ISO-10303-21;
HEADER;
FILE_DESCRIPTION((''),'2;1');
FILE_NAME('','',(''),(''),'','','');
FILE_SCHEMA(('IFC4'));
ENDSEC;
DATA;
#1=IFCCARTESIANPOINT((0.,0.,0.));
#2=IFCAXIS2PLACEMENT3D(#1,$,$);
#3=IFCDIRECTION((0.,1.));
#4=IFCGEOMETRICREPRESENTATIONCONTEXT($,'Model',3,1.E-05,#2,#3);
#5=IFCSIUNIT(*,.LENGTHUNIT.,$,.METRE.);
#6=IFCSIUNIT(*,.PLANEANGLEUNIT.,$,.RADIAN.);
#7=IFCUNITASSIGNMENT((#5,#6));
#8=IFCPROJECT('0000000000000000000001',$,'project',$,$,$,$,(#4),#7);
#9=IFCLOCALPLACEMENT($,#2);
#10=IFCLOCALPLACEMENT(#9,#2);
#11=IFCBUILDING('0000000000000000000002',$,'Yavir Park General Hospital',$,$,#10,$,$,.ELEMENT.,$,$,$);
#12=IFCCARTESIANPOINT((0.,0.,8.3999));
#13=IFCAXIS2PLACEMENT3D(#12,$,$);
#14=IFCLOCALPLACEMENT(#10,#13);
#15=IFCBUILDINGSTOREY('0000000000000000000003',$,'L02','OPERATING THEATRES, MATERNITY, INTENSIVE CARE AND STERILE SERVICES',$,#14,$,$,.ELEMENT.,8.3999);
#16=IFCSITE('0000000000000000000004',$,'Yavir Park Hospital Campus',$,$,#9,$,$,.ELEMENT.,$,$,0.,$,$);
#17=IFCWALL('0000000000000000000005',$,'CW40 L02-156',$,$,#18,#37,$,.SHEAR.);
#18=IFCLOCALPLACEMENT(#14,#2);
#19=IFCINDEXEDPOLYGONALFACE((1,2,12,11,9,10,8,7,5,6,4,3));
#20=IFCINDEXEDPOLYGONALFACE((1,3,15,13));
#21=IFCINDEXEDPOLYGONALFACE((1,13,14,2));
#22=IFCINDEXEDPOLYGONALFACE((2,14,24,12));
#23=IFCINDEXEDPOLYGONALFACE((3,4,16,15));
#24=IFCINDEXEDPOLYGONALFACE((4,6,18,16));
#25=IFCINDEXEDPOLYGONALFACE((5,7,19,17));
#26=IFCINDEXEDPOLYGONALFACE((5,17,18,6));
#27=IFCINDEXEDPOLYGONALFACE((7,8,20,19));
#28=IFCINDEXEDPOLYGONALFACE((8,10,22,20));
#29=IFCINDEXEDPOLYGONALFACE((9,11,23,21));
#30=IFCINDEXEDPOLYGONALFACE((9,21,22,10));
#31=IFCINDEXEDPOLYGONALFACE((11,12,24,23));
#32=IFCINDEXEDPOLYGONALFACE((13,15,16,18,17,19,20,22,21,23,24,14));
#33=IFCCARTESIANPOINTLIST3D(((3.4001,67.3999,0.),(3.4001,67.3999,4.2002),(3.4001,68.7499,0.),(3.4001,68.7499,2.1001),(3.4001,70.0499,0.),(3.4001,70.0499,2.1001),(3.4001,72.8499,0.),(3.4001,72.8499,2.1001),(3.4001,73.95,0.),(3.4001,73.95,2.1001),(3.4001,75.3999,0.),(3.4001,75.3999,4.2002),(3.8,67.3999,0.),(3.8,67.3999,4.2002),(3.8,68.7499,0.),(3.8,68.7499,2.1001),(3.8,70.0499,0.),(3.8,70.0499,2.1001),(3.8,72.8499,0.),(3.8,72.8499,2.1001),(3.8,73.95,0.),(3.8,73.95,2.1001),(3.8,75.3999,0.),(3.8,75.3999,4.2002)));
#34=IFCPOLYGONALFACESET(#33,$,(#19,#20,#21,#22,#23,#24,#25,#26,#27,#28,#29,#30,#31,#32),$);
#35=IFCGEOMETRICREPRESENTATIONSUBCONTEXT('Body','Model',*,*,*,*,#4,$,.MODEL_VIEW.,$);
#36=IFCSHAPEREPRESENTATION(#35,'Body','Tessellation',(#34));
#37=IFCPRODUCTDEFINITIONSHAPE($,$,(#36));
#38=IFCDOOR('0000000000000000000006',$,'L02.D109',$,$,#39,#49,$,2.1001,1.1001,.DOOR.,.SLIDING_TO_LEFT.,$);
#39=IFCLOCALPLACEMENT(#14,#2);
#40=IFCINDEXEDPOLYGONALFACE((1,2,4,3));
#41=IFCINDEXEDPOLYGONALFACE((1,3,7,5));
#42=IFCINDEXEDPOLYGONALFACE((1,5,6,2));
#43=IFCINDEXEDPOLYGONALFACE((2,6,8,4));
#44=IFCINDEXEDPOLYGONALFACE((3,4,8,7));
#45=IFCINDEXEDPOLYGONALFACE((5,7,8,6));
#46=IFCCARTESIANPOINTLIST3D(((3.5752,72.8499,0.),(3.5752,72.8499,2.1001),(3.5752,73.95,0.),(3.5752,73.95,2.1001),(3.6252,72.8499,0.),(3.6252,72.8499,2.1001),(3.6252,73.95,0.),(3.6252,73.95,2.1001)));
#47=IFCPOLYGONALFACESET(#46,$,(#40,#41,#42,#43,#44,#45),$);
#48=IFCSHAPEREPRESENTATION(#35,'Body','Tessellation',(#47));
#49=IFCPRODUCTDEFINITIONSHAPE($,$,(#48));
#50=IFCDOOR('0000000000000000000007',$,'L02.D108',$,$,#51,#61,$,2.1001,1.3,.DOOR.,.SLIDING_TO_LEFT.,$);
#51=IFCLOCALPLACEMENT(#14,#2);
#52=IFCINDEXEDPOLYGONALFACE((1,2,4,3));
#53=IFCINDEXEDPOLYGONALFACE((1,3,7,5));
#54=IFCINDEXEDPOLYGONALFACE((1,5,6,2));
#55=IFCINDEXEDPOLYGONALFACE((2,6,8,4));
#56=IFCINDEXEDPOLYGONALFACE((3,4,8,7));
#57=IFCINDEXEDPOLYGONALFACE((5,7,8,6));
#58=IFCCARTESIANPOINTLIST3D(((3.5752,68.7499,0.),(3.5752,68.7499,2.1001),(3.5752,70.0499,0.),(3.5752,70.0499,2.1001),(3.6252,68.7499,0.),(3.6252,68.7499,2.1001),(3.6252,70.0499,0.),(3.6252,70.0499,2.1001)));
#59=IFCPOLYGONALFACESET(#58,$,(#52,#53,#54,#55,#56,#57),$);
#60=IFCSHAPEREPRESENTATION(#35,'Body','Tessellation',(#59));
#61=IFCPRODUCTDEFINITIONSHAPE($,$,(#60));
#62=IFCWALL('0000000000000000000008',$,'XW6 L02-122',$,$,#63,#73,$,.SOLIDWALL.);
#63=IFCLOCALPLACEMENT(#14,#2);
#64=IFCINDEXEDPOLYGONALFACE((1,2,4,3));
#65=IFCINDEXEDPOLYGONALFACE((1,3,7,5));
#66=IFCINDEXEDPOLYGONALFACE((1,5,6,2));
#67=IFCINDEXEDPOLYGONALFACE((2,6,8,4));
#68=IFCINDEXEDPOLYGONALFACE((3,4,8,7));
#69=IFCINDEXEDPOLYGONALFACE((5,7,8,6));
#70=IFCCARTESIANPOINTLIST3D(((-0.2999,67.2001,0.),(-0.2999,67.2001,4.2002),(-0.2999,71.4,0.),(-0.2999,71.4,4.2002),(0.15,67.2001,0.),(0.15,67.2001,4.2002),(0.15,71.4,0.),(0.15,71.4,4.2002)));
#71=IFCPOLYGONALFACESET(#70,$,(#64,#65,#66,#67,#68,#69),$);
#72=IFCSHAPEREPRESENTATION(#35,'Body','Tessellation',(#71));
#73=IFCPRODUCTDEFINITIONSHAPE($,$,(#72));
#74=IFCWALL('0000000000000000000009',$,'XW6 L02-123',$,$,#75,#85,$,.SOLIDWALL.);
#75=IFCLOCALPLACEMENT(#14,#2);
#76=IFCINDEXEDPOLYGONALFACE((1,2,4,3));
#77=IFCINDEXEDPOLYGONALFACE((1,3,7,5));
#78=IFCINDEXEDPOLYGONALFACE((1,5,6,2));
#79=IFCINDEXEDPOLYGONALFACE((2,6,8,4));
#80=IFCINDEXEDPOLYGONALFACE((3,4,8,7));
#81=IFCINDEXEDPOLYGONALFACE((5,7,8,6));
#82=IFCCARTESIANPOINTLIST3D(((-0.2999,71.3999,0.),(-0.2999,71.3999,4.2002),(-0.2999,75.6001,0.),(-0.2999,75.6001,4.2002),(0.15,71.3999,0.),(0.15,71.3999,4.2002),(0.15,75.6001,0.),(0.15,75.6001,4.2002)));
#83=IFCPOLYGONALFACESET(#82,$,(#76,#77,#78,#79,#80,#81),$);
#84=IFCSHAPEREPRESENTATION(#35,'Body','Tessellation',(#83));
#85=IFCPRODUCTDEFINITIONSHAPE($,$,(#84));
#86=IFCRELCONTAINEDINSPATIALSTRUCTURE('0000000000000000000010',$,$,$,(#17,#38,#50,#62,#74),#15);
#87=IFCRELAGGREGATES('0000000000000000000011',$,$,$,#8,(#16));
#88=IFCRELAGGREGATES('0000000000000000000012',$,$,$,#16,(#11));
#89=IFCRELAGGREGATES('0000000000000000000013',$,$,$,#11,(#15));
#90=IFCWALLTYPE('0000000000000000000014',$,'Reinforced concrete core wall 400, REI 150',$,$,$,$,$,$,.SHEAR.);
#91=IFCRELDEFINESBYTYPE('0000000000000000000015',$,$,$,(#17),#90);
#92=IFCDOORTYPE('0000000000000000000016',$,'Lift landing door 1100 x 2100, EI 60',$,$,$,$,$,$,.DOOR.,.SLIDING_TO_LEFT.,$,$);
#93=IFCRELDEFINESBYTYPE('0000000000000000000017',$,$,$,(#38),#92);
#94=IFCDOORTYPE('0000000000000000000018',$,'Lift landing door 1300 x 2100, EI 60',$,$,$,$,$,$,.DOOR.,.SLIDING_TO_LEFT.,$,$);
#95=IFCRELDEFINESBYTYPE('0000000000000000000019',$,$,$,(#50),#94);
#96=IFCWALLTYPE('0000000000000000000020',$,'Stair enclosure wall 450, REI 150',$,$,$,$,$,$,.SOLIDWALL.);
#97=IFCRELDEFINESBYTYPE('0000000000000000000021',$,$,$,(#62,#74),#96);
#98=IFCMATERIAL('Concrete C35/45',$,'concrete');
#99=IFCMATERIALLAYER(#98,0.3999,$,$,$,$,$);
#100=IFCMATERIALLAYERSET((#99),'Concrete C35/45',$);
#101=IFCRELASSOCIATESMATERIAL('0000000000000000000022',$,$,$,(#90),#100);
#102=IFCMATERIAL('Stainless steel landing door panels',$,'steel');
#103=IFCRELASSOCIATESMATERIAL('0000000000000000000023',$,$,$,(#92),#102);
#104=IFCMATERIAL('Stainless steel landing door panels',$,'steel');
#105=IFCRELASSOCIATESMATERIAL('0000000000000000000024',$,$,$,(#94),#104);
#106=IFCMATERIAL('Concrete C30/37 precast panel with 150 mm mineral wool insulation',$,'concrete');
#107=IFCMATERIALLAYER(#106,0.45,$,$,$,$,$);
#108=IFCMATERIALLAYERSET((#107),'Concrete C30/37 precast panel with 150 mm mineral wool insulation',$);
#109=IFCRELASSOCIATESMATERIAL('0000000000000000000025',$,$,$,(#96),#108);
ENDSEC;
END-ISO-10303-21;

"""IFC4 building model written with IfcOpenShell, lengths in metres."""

from ifc_helpers import new_model, si_unit, direction, frame, frame_2d, origin, place, context, subcontext, project, spatial, rectangle, extrude, material, layer, layer_set, type_object, element, fill, save


model = new_model("IFC4")

# Units and contexts
model_context = context("Model", 3, precision=1e-05, world=origin(), true_north=direction((0.0, 1.0)))
body_context = subcontext(model_context, "Body", "Model", "MODEL_VIEW")
ifc_project = project(units=[si_unit("LENGTHUNIT", "METRE"), si_unit("PLANEANGLEUNIT", "RADIAN")], contexts=[model_context])

# Site, building, storey
site_placement = place(None, origin())
site = spatial("IfcSite", under=ifc_project, at=site_placement, Name="Yavir Park Hospital Campus", CompositionType="ELEMENT", RefElevation=0.0)
building_placement = place(site_placement, origin())
building = spatial("IfcBuilding", under=site, at=building_placement, Name="Yavir Park General Hospital", CompositionType="ELEMENT")
storey_placement = place(building_placement, frame((0.0, 0.0, 8.3999)))
storey = spatial("IfcBuildingStorey", under=building, at=storey_placement, Name="L02", Description="OPERATING THEATRES, MATERNITY, INTENSIVE CARE AND STERILE SERVICES", CompositionType="ELEMENT", Elevation=8.3999)

# Shared definitions
ifc_material_1 = material(Name="Concrete C35/45", Category="concrete")
ifc_layer_1 = layer(ifc_material_1, 0.3999)
ifc_layer_set_1 = layer_set([ifc_layer_1], Name="Concrete C35/45")
wall_type_1 = type_object("IfcWallType", Name="Reinforced concrete core wall 400, REI 150", PredefinedType="SHEAR", material=ifc_layer_set_1)

# Wall, openings, doors
wall_1_placement = place(storey_placement, frame((3.6001, 67.3999, 0.0), z_axis=(0.0, 0.0, 1.0), x_axis=(0.0, 1.0, 0.0)))
wall_1 = element("IfcWall", 1, at=wall_1_placement, inside=storey, type_object=wall_type_1, Name="CW40 L02-156", PredefinedType="SHEAR", context=body_context, shape_type="SweptSolid", body=[
    extrude(rectangle(XDim=8.0, YDim=0.3999, at=frame_2d((4.0, 0.0))), origin(), (0.0, 0.0, 1.0), 4.2002),
])
opening_1_placement = place(wall_1_placement, frame((1.3501, 0.0, 0.0)))
opening_1 = element("IfcOpeningElement", 2, at=opening_1_placement, cuts=wall_1, PredefinedType="OPENING", context=body_context, shape_type="SweptSolid", body=[
    extrude(rectangle(XDim=1.3, YDim=2.1001, at=frame_2d((0.6499, 1.05))), frame((0.0, 0.21, 0.0), z_axis=(0.0, -1.0, 0.0), x_axis=(1.0, 0.0, 0.0)), (0.0, 0.0, 1.0), 0.4199),
])
opening_2_placement = place(wall_1_placement, frame((5.45, 0.0, 0.0)))
opening_2 = element("IfcOpeningElement", 3, at=opening_2_placement, cuts=wall_1, PredefinedType="OPENING", context=body_context, shape_type="SweptSolid", body=[
    extrude(rectangle(XDim=1.1001, YDim=2.1001, at=frame_2d((0.55, 1.05))), frame((0.0, 0.21, 0.0), z_axis=(0.0, -1.0, 0.0), x_axis=(1.0, 0.0, 0.0)), (0.0, 0.0, 1.0), 0.4199),
])
ifc_material_2 = material(Name="Stainless steel landing door panels", Category="steel")
door_type_1 = type_object("IfcDoorType", Name="Lift landing door 1100 x 2100, EI 60", OperationType="SLIDING_TO_LEFT", PredefinedType="DOOR", material=ifc_material_2)
door_1_placement = place(opening_2_placement, origin())
door_1 = element("IfcDoor", 4, at=door_1_placement, inside=storey, type_object=door_type_1, Name="L02.D109", OperationType="SLIDING_TO_LEFT", OverallHeight=2.1001, OverallWidth=1.1001, PredefinedType="DOOR", context=body_context, shape_type="SweptSolid", body=[
    extrude(rectangle(XDim=1.1001, YDim=2.1001, at=frame_2d((0.55, 1.05))), frame((0.0, 0.0249, 0.0), z_axis=(0.0, -1.0, 0.0), x_axis=(1.0, 0.0, 0.0)), (0.0, 0.0, 1.0), 0.05),
])
fill(opening_2, door_1)
ifc_material_3 = material(Name="Stainless steel landing door panels", Category="steel")
door_type_2 = type_object("IfcDoorType", Name="Lift landing door 1300 x 2100, EI 60", OperationType="SLIDING_TO_LEFT", PredefinedType="DOOR", material=ifc_material_3)
door_2_placement = place(opening_1_placement, origin())
door_2 = element("IfcDoor", 5, at=door_2_placement, inside=storey, type_object=door_type_2, Name="L02.D108", OperationType="SLIDING_TO_LEFT", OverallHeight=2.1001, OverallWidth=1.3, PredefinedType="DOOR", context=body_context, shape_type="SweptSolid", body=[
    extrude(rectangle(XDim=1.3, YDim=2.1001, at=frame_2d((0.6499, 1.05))), frame((0.0, 0.0249, 0.0), z_axis=(0.0, -1.0, 0.0), x_axis=(1.0, 0.0, 0.0)), (0.0, 0.0, 1.0), 0.05),
])
fill(opening_1, door_2)

# Walls
ifc_material_4 = material(Name="Concrete C30/37 precast panel with 150 mm mineral wool insulation", Category="concrete")
ifc_layer_2 = layer(ifc_material_4, 0.45)
ifc_layer_set_2 = layer_set([ifc_layer_2], Name="Concrete C30/37 precast panel with 150 mm mineral wool insulation")
wall_type_2 = type_object("IfcWallType", Name="Stair enclosure wall 450, REI 150", PredefinedType="SOLIDWALL", material=ifc_layer_set_2)
wall_2_placement = place(storey_placement, frame((-0.075, 67.2, 0.0), z_axis=(0.0, 0.0, 1.0), x_axis=(0.0, 1.0, 0.0)))
element("IfcWall", 6, at=wall_2_placement, inside=storey, type_object=wall_type_2, Name="XW6 L02-122", PredefinedType="SOLIDWALL", context=body_context, shape_type="SweptSolid", body=[
    extrude(rectangle(XDim=4.2, YDim=0.45, at=frame_2d((2.1001, 0.0))), origin(), (0.0, 0.0, 1.0), 4.2002),
])
wall_3_placement = place(storey_placement, frame((-0.075, 71.3999, 0.0), z_axis=(0.0, 0.0, 1.0), x_axis=(0.0, 1.0, 0.0)))
element("IfcWall", 7, at=wall_3_placement, inside=storey, type_object=wall_type_2, Name="XW6 L02-123", PredefinedType="SOLIDWALL", context=body_context, shape_type="SweptSolid", body=[
    extrude(rectangle(XDim=4.2002, YDim=0.45, at=frame_2d((2.1001, 0.0))), origin(), (0.0, 0.0, 1.0), 4.2002),
])

save(model, "model.ifc")
